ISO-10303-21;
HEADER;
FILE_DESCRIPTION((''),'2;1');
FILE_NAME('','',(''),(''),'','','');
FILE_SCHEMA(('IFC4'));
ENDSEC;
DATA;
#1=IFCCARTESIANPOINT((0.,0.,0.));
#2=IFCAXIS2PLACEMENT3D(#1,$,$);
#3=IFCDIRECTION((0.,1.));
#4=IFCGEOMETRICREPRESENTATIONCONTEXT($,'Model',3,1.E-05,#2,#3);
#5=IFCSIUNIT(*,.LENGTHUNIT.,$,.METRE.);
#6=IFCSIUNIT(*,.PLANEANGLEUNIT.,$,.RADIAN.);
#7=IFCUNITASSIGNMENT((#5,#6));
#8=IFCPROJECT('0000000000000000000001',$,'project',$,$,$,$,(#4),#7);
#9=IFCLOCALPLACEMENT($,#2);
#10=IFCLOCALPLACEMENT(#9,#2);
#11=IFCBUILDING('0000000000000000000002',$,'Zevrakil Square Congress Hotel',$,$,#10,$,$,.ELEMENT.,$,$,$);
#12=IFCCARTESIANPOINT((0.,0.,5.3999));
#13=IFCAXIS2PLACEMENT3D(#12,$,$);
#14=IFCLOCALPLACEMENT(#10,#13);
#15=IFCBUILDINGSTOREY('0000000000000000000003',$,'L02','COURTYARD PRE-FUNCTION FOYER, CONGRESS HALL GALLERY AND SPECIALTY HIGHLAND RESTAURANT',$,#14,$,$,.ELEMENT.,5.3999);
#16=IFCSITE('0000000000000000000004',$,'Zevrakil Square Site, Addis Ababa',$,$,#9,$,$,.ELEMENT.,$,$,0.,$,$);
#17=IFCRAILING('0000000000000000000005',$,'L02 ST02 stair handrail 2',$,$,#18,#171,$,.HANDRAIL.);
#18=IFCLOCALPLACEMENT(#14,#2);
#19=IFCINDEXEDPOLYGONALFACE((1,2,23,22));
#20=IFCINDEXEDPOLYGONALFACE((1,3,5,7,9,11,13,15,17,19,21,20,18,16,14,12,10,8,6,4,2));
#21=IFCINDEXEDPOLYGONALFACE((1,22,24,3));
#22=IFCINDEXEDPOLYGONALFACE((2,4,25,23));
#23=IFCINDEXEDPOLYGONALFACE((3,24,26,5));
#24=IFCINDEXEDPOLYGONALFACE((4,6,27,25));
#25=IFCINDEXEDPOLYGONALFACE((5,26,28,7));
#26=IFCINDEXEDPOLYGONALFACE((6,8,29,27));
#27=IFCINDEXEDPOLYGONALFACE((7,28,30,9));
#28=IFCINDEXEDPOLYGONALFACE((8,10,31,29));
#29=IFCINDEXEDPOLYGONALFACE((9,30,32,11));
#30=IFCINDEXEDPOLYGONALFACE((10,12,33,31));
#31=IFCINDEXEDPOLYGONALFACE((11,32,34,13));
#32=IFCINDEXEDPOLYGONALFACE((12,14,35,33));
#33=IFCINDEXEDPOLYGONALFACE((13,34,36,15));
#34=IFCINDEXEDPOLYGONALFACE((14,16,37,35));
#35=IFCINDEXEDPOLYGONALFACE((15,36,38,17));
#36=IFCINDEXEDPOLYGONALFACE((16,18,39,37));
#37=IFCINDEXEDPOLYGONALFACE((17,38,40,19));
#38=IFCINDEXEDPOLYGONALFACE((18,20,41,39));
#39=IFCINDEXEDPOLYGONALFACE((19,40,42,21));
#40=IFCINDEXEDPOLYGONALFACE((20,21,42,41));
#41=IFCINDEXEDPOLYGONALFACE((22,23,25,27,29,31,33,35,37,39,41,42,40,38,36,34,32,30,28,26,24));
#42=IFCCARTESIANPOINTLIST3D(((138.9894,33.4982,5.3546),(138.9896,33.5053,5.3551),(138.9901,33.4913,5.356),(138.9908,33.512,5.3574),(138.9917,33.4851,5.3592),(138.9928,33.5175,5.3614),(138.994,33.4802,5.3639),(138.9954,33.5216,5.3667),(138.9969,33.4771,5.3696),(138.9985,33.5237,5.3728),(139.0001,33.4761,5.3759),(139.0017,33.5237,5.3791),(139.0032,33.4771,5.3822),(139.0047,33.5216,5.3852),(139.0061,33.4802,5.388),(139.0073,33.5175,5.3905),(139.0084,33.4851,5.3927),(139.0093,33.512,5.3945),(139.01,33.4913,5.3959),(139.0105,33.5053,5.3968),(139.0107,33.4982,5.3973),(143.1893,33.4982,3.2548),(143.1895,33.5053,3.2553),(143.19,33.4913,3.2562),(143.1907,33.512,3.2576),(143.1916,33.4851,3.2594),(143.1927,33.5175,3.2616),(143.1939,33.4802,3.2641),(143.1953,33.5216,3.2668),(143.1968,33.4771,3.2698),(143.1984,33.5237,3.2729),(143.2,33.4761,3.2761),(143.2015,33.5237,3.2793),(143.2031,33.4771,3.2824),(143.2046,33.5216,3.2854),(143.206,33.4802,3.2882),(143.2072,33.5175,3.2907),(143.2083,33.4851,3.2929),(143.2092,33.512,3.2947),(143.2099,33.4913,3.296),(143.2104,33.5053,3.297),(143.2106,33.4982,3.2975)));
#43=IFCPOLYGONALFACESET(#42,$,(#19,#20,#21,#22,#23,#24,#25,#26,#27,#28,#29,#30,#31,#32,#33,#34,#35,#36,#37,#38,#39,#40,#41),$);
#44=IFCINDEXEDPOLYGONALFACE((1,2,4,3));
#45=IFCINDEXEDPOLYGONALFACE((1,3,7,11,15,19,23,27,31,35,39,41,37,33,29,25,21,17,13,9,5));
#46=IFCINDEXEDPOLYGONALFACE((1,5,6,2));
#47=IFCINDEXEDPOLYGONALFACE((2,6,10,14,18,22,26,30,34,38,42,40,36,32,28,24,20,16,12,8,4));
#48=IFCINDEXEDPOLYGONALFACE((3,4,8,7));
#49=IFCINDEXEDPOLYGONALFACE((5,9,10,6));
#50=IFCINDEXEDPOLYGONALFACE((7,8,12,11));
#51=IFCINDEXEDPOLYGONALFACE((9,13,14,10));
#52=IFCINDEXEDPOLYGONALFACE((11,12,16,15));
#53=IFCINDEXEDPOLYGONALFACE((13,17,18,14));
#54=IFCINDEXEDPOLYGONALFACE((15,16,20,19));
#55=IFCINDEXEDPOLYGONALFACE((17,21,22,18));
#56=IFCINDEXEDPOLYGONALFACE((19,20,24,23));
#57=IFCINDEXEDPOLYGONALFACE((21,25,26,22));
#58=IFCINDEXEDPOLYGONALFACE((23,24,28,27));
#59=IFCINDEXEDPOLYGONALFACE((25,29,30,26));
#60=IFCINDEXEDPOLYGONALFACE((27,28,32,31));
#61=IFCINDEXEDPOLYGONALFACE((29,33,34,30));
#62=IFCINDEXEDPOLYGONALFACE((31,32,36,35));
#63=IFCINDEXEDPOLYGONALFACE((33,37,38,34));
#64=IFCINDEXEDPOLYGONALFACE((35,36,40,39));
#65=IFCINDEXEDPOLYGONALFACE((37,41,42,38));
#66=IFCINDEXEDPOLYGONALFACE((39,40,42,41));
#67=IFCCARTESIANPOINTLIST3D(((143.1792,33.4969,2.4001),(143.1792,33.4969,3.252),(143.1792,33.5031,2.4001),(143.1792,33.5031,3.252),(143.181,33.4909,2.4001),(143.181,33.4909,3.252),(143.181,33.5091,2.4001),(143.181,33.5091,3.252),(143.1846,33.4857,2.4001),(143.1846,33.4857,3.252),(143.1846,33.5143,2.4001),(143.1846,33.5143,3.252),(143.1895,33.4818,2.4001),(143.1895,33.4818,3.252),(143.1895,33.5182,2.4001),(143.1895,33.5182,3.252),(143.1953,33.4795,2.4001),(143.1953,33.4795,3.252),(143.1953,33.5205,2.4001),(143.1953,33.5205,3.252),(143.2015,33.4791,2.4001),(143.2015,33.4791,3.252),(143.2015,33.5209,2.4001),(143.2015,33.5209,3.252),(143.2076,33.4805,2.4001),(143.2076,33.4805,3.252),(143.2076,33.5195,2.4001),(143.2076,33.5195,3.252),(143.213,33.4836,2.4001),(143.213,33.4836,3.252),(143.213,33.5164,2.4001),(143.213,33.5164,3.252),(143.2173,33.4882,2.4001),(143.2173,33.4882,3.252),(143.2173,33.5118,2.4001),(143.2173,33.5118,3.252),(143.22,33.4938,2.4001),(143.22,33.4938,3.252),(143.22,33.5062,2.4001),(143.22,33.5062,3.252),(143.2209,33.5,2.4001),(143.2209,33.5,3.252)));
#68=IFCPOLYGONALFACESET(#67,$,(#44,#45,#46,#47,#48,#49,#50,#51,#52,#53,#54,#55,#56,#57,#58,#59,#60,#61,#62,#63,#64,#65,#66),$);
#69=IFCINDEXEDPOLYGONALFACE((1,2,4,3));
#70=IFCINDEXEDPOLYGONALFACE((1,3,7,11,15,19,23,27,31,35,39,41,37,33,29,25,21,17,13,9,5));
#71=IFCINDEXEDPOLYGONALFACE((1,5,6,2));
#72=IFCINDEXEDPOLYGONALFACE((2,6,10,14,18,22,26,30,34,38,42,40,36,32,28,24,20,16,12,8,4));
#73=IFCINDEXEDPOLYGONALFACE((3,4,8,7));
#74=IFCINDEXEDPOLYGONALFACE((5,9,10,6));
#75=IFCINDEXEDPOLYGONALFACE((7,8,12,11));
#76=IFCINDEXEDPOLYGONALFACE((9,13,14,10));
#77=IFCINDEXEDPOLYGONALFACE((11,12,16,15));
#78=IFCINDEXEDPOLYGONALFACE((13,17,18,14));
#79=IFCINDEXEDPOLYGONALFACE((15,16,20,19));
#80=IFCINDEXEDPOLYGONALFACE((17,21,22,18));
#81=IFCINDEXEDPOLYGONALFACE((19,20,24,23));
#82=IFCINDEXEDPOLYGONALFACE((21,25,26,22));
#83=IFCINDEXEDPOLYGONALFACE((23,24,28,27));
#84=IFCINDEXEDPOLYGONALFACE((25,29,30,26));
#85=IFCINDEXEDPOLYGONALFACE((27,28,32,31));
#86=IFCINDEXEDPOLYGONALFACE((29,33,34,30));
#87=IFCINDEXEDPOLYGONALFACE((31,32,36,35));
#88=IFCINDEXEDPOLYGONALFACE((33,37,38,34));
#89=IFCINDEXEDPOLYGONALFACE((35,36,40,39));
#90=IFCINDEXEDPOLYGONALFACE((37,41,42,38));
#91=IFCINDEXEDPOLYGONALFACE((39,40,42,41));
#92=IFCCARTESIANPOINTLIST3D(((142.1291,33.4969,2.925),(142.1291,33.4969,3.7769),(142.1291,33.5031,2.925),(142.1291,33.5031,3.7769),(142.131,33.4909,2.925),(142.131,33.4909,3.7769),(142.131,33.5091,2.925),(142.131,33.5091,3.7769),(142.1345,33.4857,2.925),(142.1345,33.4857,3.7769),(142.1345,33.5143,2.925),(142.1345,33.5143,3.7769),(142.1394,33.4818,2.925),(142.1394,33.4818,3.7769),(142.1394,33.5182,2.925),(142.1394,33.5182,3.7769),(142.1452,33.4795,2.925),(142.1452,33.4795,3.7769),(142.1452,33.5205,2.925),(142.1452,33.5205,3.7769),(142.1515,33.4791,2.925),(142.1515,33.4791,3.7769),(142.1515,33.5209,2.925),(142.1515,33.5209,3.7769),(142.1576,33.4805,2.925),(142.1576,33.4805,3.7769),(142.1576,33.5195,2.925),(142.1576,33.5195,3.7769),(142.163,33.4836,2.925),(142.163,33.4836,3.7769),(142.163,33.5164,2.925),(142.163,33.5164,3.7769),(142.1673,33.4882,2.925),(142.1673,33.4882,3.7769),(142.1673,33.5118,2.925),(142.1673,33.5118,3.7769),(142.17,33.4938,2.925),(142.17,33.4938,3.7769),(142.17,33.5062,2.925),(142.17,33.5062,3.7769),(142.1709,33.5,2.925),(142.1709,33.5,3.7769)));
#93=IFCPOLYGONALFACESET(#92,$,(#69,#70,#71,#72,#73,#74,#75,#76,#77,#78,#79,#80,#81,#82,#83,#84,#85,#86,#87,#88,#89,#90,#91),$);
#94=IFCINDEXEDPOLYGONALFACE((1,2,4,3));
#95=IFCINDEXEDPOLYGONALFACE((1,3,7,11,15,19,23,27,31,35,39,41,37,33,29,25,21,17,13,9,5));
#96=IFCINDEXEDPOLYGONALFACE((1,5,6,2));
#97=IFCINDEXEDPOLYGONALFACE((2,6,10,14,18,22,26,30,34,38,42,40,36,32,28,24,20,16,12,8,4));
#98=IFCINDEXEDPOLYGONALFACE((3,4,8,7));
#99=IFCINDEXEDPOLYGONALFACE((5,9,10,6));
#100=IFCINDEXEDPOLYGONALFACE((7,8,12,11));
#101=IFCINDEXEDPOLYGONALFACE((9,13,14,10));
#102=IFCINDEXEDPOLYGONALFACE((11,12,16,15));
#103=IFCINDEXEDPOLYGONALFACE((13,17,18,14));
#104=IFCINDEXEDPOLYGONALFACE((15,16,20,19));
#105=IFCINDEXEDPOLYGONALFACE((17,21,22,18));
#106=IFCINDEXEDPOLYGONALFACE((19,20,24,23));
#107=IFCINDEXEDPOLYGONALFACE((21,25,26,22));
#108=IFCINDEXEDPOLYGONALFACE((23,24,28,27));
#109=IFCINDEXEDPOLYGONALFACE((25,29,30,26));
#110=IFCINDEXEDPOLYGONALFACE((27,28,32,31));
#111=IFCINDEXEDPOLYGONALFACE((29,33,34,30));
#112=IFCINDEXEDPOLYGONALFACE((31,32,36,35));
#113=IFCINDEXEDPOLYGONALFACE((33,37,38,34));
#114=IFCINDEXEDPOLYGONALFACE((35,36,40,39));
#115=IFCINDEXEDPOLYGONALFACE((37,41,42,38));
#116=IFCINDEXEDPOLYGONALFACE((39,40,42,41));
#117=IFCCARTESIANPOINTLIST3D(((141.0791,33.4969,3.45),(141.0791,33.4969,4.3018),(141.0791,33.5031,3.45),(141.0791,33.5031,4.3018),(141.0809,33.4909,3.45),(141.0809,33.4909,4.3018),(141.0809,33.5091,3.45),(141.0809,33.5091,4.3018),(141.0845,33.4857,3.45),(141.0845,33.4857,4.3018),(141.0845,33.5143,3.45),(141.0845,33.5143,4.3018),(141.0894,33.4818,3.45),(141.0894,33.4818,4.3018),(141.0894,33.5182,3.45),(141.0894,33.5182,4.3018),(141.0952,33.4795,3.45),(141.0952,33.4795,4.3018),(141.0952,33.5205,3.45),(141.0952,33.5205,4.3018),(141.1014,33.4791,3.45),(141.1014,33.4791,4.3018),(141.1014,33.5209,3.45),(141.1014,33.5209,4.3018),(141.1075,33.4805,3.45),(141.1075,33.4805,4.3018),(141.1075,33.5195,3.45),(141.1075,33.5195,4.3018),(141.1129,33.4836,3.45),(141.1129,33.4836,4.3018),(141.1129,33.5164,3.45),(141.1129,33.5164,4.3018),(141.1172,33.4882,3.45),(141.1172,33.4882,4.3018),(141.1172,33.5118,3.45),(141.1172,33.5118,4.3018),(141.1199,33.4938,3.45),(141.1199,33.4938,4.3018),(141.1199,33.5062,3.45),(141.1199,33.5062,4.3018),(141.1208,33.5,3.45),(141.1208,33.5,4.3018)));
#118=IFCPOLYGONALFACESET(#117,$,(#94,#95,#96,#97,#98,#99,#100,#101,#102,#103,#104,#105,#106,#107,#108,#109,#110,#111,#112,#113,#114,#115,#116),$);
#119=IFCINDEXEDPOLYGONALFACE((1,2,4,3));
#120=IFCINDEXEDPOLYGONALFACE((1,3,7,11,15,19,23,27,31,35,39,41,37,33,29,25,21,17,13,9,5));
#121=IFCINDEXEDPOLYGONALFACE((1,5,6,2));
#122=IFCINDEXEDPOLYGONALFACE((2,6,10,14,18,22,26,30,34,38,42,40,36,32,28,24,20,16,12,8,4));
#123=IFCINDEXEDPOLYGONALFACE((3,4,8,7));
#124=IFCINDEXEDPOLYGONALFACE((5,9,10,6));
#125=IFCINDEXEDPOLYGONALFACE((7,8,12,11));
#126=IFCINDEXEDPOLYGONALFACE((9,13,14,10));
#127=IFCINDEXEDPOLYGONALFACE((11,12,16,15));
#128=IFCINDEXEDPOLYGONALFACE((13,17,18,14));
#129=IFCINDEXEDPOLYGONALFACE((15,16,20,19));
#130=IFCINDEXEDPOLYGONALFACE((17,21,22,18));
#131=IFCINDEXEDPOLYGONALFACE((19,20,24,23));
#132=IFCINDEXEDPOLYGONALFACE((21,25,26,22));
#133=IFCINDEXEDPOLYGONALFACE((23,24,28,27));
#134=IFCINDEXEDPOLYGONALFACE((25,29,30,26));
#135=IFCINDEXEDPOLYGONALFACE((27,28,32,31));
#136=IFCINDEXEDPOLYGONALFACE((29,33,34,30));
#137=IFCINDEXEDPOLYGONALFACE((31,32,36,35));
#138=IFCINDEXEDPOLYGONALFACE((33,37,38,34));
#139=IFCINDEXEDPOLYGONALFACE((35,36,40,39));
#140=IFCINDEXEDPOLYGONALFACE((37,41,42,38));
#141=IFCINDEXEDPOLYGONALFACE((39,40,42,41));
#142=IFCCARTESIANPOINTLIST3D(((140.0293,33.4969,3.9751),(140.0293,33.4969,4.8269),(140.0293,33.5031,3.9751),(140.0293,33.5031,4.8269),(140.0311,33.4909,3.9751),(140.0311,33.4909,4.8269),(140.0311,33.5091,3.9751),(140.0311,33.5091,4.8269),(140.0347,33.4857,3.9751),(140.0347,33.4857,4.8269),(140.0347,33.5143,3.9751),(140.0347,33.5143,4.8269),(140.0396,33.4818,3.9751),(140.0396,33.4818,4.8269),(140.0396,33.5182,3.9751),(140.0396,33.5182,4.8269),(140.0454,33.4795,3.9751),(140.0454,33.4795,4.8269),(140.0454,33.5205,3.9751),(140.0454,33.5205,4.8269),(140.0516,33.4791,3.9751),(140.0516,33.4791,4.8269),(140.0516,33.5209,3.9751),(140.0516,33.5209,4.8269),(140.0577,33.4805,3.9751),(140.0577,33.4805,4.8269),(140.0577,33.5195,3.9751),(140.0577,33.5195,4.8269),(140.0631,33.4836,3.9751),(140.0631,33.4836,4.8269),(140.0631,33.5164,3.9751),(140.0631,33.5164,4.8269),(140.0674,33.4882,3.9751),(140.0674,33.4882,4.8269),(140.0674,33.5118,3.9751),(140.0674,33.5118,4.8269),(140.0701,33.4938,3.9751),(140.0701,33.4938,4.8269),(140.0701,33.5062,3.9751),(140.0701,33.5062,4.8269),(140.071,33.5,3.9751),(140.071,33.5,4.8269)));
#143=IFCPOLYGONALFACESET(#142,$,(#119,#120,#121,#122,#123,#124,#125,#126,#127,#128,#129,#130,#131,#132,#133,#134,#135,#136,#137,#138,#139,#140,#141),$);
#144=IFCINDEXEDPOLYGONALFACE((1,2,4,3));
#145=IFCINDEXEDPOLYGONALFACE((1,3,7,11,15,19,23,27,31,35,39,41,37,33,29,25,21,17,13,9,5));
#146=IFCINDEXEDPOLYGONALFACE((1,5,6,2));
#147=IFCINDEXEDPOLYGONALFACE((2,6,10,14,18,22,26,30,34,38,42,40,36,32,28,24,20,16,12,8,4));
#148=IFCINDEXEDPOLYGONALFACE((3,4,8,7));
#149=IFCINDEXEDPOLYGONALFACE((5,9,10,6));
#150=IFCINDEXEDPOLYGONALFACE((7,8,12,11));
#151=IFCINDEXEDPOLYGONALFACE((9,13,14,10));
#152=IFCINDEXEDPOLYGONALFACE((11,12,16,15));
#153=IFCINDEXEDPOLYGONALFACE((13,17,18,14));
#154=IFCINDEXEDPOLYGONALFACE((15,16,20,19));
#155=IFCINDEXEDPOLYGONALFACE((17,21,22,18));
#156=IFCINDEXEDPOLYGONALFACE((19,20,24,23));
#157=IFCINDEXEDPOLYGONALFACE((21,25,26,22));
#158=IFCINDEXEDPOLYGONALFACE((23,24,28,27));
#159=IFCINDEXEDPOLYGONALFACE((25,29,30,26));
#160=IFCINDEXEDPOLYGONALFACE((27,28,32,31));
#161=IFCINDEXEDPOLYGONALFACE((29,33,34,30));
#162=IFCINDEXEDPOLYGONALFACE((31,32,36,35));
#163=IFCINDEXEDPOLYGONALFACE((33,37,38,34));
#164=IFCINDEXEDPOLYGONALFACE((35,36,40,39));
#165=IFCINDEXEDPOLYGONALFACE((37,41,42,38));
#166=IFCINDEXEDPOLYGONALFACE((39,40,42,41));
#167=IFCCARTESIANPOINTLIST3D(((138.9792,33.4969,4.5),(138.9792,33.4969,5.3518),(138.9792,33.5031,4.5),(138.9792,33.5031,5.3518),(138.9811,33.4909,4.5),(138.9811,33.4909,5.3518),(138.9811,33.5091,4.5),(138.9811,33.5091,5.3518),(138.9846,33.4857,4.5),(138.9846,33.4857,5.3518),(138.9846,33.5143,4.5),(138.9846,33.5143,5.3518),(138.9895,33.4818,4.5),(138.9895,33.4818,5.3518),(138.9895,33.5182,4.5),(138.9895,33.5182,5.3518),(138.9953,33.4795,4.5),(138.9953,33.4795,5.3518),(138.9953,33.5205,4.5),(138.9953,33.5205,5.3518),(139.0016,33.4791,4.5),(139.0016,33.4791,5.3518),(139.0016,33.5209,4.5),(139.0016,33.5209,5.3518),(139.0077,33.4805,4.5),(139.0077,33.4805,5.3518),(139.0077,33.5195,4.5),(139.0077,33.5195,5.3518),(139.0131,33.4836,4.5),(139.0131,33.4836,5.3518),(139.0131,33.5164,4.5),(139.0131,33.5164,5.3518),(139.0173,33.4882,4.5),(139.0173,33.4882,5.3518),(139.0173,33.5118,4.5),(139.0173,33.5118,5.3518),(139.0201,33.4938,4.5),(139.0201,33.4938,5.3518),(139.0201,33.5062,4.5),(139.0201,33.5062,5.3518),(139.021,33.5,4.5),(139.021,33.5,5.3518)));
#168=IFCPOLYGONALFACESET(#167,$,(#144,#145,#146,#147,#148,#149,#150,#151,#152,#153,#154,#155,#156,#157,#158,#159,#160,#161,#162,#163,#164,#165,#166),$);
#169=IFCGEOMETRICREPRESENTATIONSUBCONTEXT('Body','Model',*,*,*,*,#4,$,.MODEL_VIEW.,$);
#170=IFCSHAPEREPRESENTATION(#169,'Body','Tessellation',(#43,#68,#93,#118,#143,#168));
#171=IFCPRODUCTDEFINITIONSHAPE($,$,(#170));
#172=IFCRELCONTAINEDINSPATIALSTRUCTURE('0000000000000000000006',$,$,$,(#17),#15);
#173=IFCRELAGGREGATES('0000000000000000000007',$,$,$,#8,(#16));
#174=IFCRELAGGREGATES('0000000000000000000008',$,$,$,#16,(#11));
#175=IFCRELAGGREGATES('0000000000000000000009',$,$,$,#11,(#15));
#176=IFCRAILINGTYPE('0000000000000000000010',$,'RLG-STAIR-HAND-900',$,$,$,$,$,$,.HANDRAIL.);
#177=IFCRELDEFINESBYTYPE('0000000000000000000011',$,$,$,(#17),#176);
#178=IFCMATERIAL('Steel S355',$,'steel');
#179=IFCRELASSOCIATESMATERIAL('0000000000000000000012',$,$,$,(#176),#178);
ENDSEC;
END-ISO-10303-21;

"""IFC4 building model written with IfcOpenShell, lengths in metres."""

from ifc_helpers import new_model, si_unit, direction, frame, origin, origin_2d, place, context, subcontext, project, spatial, circle, extrude, material, type_object, element, save


model = new_model("IFC4")

# Units and contexts
model_context = context("Model", 3, precision=1e-05, world=origin(), true_north=direction((0.0, 1.0)))
body_context = subcontext(model_context, "Body", "Model", "MODEL_VIEW")
ifc_project = project(units=[si_unit("LENGTHUNIT", "METRE"), si_unit("PLANEANGLEUNIT", "RADIAN")], contexts=[model_context])

# Site, building, storey
site_placement = place(None, origin())
site = spatial("IfcSite", under=ifc_project, at=site_placement, Name="Zevrakil Square Site, Addis Ababa", CompositionType="ELEMENT", RefElevation=0.0)
building_placement = place(site_placement, origin())
building = spatial("IfcBuilding", under=site, at=building_placement, Name="Zevrakil Square Congress Hotel", CompositionType="ELEMENT")
storey_placement = place(building_placement, frame((0.0, 0.0, 5.3999)))
storey = spatial("IfcBuildingStorey", under=building, at=storey_placement, Name="L02", Description="COURTYARD PRE-FUNCTION FOYER, CONGRESS HALL GALLERY AND SPECIALTY HIGHLAND RESTAURANT", CompositionType="ELEMENT", Elevation=5.3999)

# Railing
ifc_material_1 = material(Name="Steel S355", Category="steel")
railing_type_1 = type_object("IfcRailingType", Name="RLG-STAIR-HAND-900", PredefinedType="HANDRAIL", material=ifc_material_1)
railing_1_placement = place(storey_placement, frame((143.2, 33.5, 2.4001)))
element("IfcRailing", 1, at=railing_1_placement, inside=storey, type_object=railing_type_1, Name="L02 ST02 stair handrail 2", PredefinedType="HANDRAIL", context=body_context, shape_type="SweptSolid", body=[
    extrude(circle(Radius=0.0239, at=origin_2d()), frame((0.0, 0.0, 0.876), z_axis=(-0.894438, 0.0, 0.447193), x_axis=(0.0, -1.0, 0.0)), (0.0, 0.0, 1.0), 4.6956),
    extrude(circle(Radius=0.021, at=origin_2d()), origin(), (0.0, 0.0, 1.0), 0.8518),
    extrude(circle(Radius=0.021, at=origin_2d()), frame((-1.05, 0.0, 0.5249)), (0.0, 0.0, 1.0), 0.8518),
    extrude(circle(Radius=0.021, at=origin_2d()), frame((-2.1001, 0.0, 1.0498)), (0.0, 0.0, 1.0), 0.8518),
    extrude(circle(Radius=0.021, at=origin_2d()), frame((-3.1499, 0.0, 1.575)), (0.0, 0.0, 1.0), 0.8518),
    extrude(circle(Radius=0.021, at=origin_2d()), frame((-4.2, 0.0, 2.0999)), (0.0, 0.0, 1.0), 0.8518),
])

save(model, "model.ifc")
